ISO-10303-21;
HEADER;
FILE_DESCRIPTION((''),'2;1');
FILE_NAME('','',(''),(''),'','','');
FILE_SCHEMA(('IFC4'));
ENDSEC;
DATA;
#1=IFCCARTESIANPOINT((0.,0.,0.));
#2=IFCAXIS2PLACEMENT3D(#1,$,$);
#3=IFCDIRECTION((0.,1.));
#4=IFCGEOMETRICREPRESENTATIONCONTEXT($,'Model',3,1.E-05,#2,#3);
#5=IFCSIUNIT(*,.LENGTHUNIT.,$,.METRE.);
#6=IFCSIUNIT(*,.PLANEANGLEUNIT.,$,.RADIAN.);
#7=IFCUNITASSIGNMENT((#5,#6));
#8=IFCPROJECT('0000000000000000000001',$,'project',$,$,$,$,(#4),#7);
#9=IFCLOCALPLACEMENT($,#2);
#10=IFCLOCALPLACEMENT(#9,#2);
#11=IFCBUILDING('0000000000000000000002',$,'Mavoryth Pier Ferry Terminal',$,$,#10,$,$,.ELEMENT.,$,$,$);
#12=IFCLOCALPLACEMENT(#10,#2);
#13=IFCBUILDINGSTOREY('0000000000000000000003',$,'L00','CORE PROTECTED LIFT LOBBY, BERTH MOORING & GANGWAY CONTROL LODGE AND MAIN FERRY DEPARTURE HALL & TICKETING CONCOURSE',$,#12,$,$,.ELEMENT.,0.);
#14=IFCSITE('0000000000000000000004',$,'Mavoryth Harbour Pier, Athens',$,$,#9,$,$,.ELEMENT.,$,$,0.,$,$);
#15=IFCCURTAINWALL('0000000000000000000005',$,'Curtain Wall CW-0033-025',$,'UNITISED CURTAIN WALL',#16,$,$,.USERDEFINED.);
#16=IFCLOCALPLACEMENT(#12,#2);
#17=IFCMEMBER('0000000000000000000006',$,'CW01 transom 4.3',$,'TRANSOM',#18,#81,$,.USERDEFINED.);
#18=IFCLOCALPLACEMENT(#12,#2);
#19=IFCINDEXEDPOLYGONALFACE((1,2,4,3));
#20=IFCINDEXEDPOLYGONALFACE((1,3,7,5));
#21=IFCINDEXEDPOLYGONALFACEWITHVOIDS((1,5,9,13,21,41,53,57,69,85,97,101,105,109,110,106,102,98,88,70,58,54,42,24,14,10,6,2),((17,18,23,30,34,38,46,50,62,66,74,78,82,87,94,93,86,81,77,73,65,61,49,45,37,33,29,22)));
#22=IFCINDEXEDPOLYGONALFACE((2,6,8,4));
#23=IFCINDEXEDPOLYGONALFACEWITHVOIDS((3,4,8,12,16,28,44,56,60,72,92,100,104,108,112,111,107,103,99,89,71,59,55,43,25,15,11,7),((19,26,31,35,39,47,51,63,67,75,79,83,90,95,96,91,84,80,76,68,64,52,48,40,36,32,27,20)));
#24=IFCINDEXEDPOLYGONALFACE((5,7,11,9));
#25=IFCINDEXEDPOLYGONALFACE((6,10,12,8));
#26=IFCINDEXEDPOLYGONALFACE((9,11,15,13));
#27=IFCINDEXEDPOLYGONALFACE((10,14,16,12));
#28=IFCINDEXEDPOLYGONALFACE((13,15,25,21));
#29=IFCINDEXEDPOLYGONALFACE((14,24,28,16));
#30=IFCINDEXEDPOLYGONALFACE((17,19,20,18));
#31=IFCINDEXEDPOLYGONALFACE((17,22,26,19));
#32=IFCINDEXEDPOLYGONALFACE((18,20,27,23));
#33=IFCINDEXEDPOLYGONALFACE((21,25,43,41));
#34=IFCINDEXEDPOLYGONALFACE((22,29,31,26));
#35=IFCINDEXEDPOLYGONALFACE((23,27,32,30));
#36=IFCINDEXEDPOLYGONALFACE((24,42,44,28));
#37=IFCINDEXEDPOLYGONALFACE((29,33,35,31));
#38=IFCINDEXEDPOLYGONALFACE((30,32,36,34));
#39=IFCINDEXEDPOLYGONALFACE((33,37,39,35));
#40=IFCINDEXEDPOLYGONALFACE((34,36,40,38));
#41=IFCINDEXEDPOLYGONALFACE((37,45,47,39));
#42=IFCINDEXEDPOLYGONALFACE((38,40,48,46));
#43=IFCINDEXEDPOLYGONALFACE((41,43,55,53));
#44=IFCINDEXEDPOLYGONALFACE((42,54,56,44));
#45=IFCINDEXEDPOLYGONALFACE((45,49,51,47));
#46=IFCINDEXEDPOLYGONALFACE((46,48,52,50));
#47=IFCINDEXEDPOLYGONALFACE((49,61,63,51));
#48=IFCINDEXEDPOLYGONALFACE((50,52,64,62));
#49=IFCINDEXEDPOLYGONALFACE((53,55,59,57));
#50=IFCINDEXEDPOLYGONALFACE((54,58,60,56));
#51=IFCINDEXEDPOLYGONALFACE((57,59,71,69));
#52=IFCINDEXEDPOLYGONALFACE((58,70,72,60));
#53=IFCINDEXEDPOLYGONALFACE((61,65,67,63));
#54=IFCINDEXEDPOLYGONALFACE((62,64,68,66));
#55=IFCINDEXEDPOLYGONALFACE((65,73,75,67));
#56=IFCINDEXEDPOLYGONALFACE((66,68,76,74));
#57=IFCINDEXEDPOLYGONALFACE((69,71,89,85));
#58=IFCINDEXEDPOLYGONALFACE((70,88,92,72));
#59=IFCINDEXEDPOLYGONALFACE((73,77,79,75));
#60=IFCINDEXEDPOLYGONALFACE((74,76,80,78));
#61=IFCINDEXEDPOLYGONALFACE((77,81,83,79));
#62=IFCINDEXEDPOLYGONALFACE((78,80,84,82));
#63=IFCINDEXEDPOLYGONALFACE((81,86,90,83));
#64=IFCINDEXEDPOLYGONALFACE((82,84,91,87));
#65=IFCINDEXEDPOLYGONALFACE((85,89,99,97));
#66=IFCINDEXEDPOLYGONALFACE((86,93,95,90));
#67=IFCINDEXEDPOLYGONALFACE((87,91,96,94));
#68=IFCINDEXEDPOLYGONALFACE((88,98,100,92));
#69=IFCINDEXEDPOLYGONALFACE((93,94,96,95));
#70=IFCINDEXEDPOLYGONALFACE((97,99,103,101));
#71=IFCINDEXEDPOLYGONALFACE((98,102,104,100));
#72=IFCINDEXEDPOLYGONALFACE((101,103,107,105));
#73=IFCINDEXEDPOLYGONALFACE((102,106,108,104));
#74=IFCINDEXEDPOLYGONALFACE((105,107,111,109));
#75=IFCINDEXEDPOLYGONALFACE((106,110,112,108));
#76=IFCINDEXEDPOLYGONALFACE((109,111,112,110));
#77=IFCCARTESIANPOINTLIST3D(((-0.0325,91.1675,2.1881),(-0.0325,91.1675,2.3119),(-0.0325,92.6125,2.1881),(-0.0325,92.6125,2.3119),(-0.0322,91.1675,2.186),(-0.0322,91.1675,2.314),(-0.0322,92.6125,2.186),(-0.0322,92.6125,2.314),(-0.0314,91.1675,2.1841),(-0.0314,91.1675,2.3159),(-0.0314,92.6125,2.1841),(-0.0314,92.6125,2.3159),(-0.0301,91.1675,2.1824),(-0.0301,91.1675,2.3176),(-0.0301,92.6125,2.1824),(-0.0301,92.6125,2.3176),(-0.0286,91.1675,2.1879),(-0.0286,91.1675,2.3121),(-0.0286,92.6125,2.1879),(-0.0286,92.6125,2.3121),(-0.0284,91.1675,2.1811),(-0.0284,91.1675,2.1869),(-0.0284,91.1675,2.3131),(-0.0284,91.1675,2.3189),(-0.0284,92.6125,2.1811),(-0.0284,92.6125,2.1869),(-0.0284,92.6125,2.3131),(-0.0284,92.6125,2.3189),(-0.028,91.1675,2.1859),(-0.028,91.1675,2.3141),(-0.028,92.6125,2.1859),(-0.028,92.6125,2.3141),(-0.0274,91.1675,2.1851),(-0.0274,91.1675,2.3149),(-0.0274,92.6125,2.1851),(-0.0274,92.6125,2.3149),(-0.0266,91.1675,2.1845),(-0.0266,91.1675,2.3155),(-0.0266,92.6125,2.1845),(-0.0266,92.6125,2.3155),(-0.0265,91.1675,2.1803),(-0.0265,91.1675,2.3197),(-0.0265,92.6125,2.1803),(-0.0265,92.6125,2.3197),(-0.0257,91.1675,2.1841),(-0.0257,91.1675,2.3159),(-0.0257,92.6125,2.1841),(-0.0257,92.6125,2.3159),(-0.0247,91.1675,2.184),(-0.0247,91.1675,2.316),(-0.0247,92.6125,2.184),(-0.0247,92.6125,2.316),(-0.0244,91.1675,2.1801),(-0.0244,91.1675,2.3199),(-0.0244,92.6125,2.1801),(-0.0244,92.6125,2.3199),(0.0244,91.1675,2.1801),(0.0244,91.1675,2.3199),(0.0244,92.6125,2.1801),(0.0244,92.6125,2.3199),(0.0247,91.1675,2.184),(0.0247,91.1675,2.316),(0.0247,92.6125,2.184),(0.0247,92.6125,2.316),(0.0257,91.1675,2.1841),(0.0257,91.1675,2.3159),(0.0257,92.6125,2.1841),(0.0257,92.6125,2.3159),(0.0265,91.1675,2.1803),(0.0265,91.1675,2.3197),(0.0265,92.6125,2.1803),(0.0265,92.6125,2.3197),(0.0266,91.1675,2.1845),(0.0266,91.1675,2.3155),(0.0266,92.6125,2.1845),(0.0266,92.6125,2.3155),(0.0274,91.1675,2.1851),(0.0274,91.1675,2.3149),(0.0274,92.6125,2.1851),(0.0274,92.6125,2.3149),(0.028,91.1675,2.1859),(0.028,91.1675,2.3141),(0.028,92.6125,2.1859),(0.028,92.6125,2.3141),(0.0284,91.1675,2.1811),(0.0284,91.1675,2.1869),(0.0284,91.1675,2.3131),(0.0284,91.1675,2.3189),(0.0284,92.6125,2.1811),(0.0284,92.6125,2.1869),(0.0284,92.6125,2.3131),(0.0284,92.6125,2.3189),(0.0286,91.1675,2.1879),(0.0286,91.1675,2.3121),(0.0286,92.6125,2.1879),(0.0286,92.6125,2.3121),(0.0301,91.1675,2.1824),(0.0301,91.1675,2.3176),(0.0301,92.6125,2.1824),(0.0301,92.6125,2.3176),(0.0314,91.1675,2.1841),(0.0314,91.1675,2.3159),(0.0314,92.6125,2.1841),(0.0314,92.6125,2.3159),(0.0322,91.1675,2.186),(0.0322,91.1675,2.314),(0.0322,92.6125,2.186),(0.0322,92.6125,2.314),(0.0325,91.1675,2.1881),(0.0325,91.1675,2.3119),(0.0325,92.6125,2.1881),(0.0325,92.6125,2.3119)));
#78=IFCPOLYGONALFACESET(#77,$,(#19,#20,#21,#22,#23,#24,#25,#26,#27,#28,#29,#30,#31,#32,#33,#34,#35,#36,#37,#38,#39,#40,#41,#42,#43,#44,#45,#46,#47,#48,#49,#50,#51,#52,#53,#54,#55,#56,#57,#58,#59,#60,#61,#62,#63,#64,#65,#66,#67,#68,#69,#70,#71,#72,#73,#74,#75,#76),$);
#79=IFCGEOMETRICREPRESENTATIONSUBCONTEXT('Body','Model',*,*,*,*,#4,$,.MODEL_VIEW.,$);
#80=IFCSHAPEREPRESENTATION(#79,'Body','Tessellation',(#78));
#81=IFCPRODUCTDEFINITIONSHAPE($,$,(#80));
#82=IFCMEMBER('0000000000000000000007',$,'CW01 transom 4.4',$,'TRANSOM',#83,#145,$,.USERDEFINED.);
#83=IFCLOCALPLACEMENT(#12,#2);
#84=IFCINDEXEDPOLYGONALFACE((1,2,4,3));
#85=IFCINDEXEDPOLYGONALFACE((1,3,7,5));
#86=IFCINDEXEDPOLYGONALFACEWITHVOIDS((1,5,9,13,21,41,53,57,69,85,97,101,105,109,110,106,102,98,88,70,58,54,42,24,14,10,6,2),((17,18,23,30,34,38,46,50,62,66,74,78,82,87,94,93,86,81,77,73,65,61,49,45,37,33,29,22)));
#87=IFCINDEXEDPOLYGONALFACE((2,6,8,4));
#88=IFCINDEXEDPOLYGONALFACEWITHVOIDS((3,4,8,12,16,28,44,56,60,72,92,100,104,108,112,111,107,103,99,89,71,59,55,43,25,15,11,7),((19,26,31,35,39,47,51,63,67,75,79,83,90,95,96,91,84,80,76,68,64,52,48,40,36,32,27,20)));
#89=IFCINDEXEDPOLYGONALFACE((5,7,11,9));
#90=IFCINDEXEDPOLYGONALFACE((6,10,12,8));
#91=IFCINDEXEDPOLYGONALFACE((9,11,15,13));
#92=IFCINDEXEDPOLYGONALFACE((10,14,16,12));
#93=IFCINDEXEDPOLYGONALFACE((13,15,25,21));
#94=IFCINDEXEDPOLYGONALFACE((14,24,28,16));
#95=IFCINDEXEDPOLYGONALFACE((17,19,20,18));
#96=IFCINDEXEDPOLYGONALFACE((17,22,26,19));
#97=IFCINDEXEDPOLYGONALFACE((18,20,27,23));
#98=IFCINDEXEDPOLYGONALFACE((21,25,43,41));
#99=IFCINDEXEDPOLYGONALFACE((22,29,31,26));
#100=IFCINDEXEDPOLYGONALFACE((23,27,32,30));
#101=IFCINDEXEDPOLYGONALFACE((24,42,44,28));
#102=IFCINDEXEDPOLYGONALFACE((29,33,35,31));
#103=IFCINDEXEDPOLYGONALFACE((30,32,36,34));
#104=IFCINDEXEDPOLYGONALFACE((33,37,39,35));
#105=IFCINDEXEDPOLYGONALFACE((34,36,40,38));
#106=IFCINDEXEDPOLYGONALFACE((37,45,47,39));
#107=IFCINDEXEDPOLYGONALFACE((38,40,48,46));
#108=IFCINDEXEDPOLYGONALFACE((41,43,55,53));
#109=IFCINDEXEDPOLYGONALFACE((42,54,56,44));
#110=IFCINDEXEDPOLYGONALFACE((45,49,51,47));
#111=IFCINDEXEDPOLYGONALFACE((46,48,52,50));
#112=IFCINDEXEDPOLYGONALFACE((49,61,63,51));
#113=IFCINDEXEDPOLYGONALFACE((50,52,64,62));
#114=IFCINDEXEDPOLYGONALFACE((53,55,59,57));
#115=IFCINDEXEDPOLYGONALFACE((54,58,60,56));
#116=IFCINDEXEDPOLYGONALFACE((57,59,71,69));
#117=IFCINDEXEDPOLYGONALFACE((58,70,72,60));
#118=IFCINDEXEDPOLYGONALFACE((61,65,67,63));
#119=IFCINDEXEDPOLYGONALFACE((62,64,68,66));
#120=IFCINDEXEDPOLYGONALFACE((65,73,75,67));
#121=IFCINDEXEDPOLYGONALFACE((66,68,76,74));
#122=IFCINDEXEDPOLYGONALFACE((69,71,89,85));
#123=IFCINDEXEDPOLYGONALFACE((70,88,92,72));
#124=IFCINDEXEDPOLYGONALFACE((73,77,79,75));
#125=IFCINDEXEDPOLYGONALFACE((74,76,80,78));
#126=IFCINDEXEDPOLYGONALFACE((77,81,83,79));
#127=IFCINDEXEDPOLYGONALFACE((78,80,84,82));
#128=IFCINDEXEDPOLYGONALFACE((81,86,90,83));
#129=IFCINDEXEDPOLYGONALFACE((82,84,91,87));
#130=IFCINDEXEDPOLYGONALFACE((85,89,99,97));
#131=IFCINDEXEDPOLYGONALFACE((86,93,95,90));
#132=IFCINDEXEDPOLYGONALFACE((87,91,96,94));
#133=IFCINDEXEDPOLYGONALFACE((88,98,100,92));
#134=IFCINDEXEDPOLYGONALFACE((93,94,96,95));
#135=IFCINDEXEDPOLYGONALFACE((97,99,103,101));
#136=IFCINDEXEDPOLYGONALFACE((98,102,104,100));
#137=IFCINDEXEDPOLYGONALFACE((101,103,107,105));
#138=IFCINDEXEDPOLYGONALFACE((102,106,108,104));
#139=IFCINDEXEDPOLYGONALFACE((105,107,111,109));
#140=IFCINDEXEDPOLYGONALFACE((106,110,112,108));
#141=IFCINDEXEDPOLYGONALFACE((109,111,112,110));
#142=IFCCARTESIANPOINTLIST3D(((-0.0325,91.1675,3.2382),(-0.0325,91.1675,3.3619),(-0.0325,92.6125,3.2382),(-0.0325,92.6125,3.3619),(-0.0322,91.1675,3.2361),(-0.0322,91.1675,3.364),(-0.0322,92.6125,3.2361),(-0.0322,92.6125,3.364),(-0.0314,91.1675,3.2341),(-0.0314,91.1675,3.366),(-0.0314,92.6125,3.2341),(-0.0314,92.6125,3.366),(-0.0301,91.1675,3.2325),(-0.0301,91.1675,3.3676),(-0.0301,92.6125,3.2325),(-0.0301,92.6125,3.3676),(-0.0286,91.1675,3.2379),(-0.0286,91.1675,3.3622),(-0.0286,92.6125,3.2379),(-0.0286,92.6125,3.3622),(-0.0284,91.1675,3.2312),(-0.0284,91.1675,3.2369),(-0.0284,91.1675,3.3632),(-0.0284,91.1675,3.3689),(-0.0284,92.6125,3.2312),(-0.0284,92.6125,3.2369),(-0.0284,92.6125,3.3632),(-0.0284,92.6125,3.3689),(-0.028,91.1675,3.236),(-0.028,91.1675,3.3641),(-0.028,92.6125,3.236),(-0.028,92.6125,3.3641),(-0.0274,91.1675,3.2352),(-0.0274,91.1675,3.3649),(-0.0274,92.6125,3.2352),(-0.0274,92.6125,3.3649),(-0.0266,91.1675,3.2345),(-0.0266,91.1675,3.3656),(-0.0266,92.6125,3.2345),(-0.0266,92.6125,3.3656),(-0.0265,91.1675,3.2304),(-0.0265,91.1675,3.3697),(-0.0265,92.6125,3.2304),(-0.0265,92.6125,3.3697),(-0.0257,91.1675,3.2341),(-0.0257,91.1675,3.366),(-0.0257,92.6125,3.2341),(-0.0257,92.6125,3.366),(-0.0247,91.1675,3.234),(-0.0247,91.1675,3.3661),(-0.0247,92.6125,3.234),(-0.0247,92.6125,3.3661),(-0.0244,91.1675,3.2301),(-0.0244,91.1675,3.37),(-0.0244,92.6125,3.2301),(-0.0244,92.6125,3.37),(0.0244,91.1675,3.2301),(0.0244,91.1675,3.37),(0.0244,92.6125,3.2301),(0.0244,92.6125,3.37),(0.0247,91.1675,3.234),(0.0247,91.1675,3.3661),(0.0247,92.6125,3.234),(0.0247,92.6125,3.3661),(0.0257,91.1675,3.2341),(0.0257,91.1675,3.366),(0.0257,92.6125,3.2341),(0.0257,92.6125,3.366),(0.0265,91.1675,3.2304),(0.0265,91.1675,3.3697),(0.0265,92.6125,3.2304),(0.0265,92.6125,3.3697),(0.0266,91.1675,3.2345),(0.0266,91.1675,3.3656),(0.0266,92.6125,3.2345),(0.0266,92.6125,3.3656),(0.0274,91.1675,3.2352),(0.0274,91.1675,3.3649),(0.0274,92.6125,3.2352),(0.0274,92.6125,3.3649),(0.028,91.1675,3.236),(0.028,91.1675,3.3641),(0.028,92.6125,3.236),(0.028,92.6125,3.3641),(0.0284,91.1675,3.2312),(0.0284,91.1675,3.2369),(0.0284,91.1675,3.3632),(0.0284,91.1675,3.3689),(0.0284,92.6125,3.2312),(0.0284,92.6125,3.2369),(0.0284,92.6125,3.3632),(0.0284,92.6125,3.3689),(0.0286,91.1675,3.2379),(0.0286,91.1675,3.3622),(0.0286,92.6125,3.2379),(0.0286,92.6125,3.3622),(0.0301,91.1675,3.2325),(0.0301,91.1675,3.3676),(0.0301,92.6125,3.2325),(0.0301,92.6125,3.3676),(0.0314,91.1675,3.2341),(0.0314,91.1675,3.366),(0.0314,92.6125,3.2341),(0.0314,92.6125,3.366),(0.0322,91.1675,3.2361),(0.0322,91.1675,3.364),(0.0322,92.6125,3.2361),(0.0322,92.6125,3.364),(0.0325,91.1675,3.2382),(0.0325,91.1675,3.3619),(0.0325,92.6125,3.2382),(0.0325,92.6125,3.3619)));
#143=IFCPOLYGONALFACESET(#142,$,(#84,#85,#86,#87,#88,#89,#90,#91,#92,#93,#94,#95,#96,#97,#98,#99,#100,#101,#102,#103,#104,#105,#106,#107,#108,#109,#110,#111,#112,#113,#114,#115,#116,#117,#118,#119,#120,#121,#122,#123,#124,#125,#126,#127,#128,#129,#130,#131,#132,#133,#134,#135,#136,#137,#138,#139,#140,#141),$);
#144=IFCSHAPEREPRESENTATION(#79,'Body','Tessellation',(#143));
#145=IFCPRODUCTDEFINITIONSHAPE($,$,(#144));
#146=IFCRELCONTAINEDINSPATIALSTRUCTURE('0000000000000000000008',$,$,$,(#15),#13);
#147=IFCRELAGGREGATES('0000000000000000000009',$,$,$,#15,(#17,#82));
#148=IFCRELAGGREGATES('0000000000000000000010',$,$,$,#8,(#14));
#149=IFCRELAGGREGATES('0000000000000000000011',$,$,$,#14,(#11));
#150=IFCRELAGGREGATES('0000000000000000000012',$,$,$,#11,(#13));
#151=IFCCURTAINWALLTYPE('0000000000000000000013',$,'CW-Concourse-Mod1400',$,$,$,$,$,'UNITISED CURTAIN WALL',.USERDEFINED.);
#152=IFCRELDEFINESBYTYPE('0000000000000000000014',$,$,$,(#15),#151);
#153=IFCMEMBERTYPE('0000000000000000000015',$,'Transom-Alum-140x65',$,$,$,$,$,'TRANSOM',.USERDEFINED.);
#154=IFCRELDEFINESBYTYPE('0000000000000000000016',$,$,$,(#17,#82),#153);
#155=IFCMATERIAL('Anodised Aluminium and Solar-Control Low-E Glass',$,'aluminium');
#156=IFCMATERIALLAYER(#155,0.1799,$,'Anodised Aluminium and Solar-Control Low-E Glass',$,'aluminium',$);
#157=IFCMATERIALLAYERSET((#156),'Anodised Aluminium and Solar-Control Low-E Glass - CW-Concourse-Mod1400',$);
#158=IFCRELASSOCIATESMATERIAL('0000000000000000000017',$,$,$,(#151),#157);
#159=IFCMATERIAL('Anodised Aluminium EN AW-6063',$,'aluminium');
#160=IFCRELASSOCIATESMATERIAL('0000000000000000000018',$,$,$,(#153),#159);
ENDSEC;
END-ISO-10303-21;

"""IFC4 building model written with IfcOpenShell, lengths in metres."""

from ifc_helpers import new_model, si_unit, direction, frame, origin, origin_2d, place, context, subcontext, project, spatial, hollow_rectangle, extrude, material, layer, layer_set, material_profile, profile_set, type_object, element, aggregate, save


model = new_model("IFC4")

# Units and contexts
model_context = context("Model", 3, precision=1e-05, world=origin(), true_north=direction((0.0, 1.0)))
body_context = subcontext(model_context, "Body", "Model", "MODEL_VIEW")
ifc_project = project(units=[si_unit("LENGTHUNIT", "METRE"), si_unit("PLANEANGLEUNIT", "RADIAN")], contexts=[model_context])

# Site, building, storey
site_placement = place(None, origin())
site = spatial("IfcSite", under=ifc_project, at=site_placement, Name="Mavoryth Harbour Pier, Athens", CompositionType="ELEMENT", RefElevation=0.0)
building_placement = place(site_placement, origin())
building = spatial("IfcBuilding", under=site, at=building_placement, Name="Mavoryth Pier Ferry Terminal", CompositionType="ELEMENT")
storey_placement = place(building_placement, origin())
storey = spatial("IfcBuildingStorey", under=building, at=storey_placement, Name="L00", Description="CORE PROTECTED LIFT LOBBY, BERTH MOORING & GANGWAY CONTROL LODGE AND MAIN FERRY DEPARTURE HALL & TICKETING CONCOURSE", CompositionType="ELEMENT", Elevation=0.0)

# Curtain wall, members
ifc_material_1 = material(Name="Anodised Aluminium and Solar-Control Low-E Glass", Category="aluminium")
ifc_layer_1 = layer(ifc_material_1, 0.1799, Name="Anodised Aluminium and Solar-Control Low-E Glass", Category="aluminium")
ifc_layer_set_1 = layer_set([ifc_layer_1], Name="Anodised Aluminium and Solar-Control Low-E Glass - CW-Concourse-Mod1400")
curtain_wall_type = type_object("IfcCurtainWallType", Name="CW-Concourse-Mod1400", ElementType="UNITISED CURTAIN WALL", PredefinedType="USERDEFINED", material=ifc_layer_set_1)
curtain_wall_placement = place(storey_placement, origin())
curtain_wall = element("IfcCurtainWall", 1, at=curtain_wall_placement, inside=storey, type_object=curtain_wall_type, Name="Curtain Wall CW-0033-025", ObjectType="UNITISED CURTAIN WALL", PredefinedType="USERDEFINED")
ifc_material_2 = material(Name="Anodised Aluminium EN AW-6063", Category="aluminium")
ifc_material_profile_1 = material_profile(ifc_material_2, hollow_rectangle(XDim=0.0649, YDim=0.1399, WallThickness=0.0039, InnerFilletRadius=0.0039, OuterFilletRadius=0.0081, at=origin_2d()), Name="AL-TRAN 140x65x4", Category="aluminium")
ifc_profile_set_1 = profile_set([ifc_material_profile_1], Name="Anodised Aluminium EN AW-6063 - AL-TRAN 140x65x4")
member_type_1 = type_object("IfcMemberType", Name="Transom-Alum-140x65", ElementType="TRANSOM", PredefinedType="USERDEFINED", material=ifc_profile_set_1)
member_1_placement = place(storey_placement, frame((0.0, 92.6125, 2.25), z_axis=(0.0, -1.0, 0.0), x_axis=(1.0, 0.0, 0.0)))
member_1 = element("IfcMember", 2, at=member_1_placement, type_object=member_type_1, Name="CW01 transom 4.3", ObjectType="TRANSOM", PredefinedType="USERDEFINED", context=body_context, shape_type="SweptSolid", body=[
    extrude(hollow_rectangle(XDim=0.0649, YDim=0.1399, WallThickness=0.0039, InnerFilletRadius=0.0039, OuterFilletRadius=0.0081, at=origin_2d()), origin(), (0.0, 0.0, 1.0), 1.4451),
])
member_2_placement = place(storey_placement, frame((0.0, 92.6125, 3.3), z_axis=(0.0, -1.0, 0.0), x_axis=(1.0, 0.0, 0.0)))
member_2 = element("IfcMember", 3, at=member_2_placement, type_object=member_type_1, Name="CW01 transom 4.4", ObjectType="TRANSOM", PredefinedType="USERDEFINED", context=body_context, shape_type="SweptSolid", body=[
    extrude(hollow_rectangle(XDim=0.0649, YDim=0.1399, WallThickness=0.0039, InnerFilletRadius=0.0039, OuterFilletRadius=0.0081, at=origin_2d()), origin(), (0.0, 0.0, 1.0), 1.4451),
])
aggregate(curtain_wall, [member_1, member_2])

save(model, "model.ifc")
